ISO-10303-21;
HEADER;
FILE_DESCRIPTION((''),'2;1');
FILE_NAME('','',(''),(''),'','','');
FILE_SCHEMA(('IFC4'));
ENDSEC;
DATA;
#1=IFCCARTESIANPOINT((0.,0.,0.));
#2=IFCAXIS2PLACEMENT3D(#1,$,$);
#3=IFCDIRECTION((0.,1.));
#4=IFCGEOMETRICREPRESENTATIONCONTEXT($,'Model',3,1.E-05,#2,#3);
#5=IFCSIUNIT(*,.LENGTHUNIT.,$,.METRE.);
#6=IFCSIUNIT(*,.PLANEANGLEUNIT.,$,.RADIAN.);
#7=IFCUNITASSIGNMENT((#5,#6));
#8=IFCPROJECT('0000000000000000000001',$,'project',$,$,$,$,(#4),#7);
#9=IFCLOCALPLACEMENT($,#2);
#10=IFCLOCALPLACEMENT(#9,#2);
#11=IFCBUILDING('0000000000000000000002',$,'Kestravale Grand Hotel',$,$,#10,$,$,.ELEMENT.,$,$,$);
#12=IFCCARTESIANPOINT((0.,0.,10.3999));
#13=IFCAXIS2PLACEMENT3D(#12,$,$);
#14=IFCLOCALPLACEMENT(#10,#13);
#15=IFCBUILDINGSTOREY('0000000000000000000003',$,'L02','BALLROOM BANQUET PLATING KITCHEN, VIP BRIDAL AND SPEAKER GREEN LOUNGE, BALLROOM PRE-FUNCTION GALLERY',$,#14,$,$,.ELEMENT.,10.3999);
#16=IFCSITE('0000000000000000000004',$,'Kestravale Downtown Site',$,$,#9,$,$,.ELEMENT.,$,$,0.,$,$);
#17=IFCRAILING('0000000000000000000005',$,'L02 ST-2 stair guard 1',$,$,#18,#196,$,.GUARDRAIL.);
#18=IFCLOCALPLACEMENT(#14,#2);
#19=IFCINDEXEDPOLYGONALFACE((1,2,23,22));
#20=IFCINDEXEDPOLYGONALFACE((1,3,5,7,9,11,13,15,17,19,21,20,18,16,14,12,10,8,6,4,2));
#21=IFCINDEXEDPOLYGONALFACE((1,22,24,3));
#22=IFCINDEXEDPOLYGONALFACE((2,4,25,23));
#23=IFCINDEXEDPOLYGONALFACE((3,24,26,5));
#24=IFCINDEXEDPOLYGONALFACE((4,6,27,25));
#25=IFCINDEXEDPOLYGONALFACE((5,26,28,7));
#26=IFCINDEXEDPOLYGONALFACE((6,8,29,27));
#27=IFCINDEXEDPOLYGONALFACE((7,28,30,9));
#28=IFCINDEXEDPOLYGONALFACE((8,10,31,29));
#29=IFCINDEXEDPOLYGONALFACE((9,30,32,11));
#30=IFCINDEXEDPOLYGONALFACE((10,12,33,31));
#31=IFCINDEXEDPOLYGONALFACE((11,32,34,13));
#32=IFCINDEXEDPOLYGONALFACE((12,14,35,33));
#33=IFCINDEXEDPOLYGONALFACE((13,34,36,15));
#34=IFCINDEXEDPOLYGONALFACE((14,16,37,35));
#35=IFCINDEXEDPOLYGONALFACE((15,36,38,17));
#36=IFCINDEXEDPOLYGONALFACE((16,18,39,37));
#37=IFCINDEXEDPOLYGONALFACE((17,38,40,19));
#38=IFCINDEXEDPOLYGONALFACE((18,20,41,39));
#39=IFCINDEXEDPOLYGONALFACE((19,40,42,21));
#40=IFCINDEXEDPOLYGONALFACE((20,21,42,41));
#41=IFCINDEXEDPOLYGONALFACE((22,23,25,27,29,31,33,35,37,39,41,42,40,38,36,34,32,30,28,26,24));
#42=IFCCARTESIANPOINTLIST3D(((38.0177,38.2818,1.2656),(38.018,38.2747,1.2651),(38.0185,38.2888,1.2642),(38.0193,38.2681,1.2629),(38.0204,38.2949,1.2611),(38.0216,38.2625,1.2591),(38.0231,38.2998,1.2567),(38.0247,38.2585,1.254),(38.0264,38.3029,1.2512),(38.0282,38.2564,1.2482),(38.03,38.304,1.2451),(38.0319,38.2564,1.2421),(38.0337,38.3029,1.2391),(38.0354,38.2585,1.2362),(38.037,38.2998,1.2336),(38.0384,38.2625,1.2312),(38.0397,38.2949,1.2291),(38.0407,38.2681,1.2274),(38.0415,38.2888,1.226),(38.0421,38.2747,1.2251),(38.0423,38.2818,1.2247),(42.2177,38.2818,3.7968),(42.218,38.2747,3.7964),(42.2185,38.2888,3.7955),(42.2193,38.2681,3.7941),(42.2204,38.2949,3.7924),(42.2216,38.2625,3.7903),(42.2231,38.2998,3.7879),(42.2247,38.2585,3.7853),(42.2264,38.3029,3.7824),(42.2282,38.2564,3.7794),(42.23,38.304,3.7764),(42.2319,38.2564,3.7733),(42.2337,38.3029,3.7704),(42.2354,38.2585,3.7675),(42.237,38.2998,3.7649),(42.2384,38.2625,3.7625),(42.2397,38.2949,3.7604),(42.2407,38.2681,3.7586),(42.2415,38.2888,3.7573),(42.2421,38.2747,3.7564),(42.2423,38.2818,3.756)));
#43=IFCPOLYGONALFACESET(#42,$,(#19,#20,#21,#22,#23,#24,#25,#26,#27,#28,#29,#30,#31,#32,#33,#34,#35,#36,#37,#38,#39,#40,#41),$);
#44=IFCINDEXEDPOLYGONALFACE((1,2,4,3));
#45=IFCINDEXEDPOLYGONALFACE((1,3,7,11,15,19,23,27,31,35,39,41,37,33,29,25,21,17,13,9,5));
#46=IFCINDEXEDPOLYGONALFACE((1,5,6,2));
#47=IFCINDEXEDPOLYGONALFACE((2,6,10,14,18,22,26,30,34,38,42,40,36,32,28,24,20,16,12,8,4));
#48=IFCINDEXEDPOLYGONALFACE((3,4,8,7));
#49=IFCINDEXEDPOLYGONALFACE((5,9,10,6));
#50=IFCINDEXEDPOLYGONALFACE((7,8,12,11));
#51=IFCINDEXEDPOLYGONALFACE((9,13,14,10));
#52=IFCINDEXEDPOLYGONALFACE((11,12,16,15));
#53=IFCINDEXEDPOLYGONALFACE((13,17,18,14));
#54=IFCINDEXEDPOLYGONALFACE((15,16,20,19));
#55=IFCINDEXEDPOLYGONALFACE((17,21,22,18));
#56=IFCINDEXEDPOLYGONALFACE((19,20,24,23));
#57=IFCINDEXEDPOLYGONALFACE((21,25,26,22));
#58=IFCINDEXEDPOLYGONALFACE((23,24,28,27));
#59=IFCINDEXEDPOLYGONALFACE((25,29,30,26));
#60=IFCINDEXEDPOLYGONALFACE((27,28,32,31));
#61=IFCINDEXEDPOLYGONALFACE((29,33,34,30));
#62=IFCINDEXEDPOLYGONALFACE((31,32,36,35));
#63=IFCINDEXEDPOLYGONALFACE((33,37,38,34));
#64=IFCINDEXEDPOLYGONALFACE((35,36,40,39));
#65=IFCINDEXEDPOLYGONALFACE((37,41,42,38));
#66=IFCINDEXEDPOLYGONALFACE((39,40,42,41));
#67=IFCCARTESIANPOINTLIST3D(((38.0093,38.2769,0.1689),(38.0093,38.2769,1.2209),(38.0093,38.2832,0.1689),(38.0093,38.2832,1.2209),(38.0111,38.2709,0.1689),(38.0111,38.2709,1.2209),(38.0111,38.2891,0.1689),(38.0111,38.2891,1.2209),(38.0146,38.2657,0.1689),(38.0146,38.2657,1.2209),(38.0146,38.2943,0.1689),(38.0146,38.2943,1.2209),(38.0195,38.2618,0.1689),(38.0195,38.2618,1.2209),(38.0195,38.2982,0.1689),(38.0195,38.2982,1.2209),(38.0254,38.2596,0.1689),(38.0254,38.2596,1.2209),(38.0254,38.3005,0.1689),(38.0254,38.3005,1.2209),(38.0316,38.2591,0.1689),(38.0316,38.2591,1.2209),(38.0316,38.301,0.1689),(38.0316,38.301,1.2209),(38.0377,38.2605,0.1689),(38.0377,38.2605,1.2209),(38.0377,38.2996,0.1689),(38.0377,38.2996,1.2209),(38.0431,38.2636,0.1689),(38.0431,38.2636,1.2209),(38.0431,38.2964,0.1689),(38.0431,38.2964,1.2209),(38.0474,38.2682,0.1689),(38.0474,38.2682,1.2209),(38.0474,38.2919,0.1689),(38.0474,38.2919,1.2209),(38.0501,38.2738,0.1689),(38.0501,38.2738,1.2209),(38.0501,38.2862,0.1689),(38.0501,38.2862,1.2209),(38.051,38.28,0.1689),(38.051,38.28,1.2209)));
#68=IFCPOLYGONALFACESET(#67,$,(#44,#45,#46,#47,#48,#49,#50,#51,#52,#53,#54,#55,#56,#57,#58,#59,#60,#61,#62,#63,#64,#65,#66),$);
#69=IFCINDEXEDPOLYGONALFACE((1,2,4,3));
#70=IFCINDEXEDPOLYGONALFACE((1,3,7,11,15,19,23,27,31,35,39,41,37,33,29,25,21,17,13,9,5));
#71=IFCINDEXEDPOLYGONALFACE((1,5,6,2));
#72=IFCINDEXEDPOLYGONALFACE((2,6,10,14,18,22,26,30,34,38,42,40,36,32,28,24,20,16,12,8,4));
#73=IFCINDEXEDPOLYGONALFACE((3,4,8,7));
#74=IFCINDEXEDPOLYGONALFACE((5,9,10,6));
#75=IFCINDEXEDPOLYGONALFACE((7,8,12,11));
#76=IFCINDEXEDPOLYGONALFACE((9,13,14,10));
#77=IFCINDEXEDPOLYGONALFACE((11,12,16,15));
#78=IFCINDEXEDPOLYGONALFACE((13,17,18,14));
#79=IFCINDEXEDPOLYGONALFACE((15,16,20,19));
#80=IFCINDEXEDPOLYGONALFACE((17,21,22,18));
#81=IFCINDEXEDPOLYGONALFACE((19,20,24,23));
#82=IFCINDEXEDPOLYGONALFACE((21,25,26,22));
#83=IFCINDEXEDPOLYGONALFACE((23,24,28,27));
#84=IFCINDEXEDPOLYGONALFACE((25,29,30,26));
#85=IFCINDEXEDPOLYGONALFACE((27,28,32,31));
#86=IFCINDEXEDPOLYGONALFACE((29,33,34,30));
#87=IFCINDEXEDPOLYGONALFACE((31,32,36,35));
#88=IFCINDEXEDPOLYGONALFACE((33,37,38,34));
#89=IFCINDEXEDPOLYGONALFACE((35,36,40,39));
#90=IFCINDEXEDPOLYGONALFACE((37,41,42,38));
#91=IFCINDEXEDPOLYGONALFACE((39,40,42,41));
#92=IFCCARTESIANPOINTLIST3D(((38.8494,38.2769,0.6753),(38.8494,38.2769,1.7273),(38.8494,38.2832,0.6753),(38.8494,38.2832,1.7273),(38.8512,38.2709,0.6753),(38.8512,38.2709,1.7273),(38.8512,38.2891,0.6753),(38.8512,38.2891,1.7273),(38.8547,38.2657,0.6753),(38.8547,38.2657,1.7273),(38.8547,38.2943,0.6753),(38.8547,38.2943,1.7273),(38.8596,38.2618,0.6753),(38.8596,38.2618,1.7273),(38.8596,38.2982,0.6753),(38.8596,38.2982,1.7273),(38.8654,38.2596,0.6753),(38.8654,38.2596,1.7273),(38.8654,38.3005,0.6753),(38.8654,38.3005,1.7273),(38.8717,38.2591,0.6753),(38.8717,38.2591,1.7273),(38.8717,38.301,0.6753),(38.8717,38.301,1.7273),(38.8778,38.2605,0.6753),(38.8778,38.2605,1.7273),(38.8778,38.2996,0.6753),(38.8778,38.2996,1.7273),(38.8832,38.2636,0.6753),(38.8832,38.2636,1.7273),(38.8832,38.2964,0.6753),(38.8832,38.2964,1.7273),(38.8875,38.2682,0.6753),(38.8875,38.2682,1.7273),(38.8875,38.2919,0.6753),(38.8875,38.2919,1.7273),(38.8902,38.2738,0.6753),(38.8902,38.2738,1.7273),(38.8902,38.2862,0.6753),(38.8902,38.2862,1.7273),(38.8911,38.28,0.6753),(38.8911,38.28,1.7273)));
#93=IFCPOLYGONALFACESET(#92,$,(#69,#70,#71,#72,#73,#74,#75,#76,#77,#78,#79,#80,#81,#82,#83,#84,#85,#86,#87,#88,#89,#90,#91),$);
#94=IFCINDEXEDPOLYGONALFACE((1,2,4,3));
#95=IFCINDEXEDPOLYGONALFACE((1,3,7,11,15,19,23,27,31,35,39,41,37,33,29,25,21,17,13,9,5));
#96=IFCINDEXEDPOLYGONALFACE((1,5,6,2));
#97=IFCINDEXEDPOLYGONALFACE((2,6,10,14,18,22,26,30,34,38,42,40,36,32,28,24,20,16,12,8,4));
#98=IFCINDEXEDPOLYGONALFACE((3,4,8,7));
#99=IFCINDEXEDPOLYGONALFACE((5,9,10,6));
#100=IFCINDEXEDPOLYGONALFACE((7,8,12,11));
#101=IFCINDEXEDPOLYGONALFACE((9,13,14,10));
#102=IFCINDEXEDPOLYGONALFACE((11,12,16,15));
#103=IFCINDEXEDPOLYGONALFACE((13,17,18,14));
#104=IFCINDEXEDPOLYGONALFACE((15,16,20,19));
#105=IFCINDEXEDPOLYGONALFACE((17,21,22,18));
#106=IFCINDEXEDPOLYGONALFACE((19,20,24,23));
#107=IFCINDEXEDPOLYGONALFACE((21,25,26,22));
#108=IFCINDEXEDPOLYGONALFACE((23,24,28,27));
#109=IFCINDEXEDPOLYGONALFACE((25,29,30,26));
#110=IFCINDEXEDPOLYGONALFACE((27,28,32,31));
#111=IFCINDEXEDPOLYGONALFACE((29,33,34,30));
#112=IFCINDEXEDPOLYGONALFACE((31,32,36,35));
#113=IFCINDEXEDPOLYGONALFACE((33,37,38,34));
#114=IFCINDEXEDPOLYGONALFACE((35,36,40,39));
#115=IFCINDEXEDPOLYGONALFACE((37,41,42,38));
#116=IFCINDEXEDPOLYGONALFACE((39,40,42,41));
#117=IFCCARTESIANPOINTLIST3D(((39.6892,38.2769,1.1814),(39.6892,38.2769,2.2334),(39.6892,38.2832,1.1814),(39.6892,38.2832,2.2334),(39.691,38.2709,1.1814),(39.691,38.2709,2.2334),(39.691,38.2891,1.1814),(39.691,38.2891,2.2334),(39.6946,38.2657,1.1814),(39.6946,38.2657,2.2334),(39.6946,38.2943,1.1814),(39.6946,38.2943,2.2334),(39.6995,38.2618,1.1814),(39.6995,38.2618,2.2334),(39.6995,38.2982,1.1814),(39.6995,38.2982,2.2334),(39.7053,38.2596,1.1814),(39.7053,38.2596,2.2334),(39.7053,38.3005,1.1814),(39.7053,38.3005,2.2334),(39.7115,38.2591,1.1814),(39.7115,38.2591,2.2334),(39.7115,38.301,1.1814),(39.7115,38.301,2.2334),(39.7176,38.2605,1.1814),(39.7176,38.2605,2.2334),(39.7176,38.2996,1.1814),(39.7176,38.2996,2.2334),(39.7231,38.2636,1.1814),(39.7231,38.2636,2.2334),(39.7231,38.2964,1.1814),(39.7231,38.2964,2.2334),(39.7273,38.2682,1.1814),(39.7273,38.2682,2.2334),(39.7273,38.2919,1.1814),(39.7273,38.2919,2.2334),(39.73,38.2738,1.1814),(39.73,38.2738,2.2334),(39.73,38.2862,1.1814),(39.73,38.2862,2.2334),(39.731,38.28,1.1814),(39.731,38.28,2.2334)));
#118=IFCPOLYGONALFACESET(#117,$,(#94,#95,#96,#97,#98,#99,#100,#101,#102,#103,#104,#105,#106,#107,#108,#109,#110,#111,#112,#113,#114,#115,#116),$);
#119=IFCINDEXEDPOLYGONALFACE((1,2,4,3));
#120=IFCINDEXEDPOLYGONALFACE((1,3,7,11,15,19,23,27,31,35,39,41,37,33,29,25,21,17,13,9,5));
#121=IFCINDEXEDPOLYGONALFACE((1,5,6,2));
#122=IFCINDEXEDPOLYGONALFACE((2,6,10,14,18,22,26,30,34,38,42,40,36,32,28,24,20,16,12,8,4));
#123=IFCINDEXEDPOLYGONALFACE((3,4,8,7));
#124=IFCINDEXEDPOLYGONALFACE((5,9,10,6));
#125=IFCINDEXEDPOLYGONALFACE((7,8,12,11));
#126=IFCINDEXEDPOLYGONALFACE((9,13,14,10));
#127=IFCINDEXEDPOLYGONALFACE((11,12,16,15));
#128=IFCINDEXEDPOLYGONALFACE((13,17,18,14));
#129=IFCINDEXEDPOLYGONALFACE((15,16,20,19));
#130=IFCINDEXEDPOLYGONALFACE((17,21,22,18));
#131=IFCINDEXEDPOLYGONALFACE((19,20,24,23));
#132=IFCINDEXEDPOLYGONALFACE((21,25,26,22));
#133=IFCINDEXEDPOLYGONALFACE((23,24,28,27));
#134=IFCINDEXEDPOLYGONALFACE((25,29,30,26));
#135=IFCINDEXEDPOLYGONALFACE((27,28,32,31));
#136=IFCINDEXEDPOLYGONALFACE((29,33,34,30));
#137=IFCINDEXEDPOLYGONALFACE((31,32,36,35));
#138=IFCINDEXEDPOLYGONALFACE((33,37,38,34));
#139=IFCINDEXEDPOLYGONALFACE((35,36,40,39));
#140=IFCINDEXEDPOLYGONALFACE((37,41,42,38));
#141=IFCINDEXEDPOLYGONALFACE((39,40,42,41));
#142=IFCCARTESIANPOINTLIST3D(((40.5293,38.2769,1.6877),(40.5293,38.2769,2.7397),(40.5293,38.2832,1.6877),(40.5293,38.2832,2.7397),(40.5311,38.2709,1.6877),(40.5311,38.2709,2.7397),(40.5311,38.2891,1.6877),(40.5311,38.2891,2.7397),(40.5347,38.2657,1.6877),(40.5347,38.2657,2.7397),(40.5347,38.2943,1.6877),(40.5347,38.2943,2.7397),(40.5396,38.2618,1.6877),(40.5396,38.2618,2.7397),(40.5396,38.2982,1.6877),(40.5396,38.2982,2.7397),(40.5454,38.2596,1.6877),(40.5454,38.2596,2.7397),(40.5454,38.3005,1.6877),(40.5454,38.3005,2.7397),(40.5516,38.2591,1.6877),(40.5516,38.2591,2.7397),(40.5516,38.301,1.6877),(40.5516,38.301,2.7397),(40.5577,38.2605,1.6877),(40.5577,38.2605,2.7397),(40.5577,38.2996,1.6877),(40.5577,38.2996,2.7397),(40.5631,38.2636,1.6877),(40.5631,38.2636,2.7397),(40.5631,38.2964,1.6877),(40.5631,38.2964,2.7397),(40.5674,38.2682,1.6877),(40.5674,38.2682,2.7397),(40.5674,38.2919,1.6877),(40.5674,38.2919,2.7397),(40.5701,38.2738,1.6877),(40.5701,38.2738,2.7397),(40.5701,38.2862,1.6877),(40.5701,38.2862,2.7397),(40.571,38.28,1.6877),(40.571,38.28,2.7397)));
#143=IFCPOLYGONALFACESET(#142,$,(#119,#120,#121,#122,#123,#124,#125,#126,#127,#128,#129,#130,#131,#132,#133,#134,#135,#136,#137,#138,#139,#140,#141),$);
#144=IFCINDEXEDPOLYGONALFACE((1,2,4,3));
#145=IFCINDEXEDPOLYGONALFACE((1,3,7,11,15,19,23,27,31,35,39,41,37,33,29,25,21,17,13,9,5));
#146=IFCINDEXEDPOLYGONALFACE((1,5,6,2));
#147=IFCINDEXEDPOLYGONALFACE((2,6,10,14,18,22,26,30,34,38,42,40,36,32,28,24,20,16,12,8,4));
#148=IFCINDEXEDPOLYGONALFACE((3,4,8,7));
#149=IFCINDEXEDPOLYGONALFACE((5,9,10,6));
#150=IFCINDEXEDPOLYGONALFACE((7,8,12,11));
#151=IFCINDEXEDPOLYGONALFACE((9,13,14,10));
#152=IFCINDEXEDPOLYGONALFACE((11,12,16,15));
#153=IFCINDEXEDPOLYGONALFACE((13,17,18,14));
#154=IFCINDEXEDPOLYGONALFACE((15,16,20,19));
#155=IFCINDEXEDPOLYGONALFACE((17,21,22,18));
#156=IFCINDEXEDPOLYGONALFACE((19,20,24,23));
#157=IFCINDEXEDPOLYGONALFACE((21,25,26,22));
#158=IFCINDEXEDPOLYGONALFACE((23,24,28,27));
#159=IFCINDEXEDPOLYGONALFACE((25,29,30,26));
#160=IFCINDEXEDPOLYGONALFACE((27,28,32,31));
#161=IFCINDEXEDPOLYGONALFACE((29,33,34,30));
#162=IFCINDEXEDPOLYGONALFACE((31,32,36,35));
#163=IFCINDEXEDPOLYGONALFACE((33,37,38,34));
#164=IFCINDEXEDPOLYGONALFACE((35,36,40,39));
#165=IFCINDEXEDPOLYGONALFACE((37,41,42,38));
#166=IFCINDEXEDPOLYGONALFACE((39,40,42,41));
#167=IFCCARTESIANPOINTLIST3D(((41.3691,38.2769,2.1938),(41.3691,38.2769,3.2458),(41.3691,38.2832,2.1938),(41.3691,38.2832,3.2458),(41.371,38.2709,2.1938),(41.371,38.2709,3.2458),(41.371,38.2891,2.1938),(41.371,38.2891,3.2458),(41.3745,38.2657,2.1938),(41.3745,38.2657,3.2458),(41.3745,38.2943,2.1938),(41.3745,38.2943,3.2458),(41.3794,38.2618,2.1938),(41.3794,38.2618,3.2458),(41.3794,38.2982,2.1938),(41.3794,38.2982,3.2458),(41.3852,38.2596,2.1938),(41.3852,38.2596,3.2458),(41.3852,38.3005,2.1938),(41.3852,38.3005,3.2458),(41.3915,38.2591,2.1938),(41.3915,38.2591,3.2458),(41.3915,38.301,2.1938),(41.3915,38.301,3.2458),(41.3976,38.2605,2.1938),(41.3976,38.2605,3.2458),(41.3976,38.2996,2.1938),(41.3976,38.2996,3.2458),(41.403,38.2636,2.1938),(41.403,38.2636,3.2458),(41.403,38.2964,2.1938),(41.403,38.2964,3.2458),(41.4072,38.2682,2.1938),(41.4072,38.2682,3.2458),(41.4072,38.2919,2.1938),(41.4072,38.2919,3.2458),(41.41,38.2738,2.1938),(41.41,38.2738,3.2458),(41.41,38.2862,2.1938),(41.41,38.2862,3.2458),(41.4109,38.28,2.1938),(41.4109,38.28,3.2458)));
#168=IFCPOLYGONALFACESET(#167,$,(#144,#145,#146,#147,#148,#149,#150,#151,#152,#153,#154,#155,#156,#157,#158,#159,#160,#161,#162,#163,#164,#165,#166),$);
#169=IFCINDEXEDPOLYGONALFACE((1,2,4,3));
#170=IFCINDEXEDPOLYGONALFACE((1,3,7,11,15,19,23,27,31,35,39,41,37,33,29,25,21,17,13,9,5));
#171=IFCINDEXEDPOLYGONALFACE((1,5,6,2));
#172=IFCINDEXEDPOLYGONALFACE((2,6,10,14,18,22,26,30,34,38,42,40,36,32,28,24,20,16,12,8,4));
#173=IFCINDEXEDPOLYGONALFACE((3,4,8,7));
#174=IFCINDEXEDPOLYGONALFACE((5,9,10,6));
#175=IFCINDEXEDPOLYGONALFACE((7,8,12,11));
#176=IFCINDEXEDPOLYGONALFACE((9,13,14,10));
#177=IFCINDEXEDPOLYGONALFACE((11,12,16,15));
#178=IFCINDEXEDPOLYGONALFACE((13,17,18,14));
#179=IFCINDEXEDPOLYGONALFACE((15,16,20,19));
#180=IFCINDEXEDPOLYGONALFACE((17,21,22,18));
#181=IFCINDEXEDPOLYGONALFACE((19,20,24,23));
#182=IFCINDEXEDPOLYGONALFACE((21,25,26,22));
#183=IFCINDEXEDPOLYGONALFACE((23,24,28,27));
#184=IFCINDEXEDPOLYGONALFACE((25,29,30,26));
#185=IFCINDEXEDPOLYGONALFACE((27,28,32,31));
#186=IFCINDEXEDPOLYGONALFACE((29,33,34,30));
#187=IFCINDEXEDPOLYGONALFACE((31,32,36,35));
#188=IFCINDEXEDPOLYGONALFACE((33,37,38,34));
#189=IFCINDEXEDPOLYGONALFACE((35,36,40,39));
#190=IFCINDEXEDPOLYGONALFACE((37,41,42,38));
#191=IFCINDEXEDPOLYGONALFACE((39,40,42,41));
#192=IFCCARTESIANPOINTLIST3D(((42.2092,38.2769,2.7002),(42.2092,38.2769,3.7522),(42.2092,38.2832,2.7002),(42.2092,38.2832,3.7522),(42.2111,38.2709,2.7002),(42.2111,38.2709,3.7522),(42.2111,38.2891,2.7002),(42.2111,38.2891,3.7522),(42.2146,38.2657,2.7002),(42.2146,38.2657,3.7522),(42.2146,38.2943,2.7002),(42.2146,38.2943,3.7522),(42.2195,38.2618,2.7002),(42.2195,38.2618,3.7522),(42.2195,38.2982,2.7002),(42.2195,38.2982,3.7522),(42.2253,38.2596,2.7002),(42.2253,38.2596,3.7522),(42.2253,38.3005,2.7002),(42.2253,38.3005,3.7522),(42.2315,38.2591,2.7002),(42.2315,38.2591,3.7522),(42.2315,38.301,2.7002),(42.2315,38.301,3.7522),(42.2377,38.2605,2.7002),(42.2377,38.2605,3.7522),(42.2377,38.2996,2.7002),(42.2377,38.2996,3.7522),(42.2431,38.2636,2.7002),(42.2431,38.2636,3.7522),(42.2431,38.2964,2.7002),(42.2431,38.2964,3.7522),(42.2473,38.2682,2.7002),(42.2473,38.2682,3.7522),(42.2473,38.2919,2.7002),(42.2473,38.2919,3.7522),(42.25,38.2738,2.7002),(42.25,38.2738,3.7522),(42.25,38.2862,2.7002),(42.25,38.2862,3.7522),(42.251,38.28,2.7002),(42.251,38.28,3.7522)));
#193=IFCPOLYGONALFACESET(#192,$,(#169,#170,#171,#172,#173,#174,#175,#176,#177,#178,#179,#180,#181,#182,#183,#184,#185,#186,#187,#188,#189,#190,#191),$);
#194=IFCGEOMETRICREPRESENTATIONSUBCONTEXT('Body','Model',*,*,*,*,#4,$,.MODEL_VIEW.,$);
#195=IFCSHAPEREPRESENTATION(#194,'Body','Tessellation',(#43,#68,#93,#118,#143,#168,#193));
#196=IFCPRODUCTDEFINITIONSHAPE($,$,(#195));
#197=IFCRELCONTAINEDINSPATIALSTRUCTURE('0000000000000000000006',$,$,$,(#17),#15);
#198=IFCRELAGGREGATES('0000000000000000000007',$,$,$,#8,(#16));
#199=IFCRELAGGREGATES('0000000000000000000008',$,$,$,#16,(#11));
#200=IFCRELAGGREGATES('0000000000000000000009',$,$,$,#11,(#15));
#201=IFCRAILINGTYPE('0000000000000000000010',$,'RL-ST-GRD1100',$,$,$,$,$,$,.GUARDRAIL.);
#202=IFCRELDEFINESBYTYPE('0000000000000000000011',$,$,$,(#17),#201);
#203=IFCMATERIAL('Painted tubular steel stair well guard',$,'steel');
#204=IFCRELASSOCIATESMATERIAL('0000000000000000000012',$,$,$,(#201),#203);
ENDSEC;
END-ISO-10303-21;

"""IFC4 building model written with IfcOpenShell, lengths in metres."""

from ifc_helpers import new_model, si_unit, direction, frame, origin, origin_2d, place, context, subcontext, project, spatial, circle, extrude, material, type_object, element, save


model = new_model("IFC4")

# Units and contexts
model_context = context("Model", 3, precision=1e-05, world=origin(), true_north=direction((0.0, 1.0)))
body_context = subcontext(model_context, "Body", "Model", "MODEL_VIEW")
ifc_project = project(units=[si_unit("LENGTHUNIT", "METRE"), si_unit("PLANEANGLEUNIT", "RADIAN")], contexts=[model_context])

# Site, building, storey
site_placement = place(None, origin())
site = spatial("IfcSite", under=ifc_project, at=site_placement, Name="Kestravale Downtown Site", CompositionType="ELEMENT", RefElevation=0.0)
building_placement = place(site_placement, origin())
building = spatial("IfcBuilding", under=site, at=building_placement, Name="Kestravale Grand Hotel", CompositionType="ELEMENT")
storey_placement = place(building_placement, frame((0.0, 0.0, 10.3999)))
storey = spatial("IfcBuildingStorey", under=building, at=storey_placement, Name="L02", Description="BALLROOM BANQUET PLATING KITCHEN, VIP BRIDAL AND SPEAKER GREEN LOUNGE, BALLROOM PRE-FUNCTION GALLERY", CompositionType="ELEMENT", Elevation=10.3999)

# Railing
ifc_material_1 = material(Name="Painted tubular steel stair well guard", Category="steel")
railing_type_1 = type_object("IfcRailingType", Name="RL-ST-GRD1100", PredefinedType="GUARDRAIL", material=ifc_material_1)
railing_1_placement = place(storey_placement, frame((38.03, 38.28, 0.1689)))
element("IfcRailing", 1, at=railing_1_placement, inside=storey, type_object=railing_type_1, Name="L02 ST-2 stair guard 1", PredefinedType="GUARDRAIL", context=body_context, shape_type="SweptSolid", body=[
    extrude(circle(Radius=0.0239, at=origin_2d()), frame((0.0, 0.0, 1.0762), z_axis=(0.856476, 0.0, 0.516186), x_axis=(0.0, 1.0, 0.0)), (0.0, 0.0, 1.0), 4.9038),
    extrude(circle(Radius=0.021, at=origin_2d()), origin(), (0.0, 0.0, 1.0), 1.052),
    extrude(circle(Radius=0.021, at=origin_2d()), frame((0.8401, 0.0, 0.5063)), (0.0, 0.0, 1.0), 1.052),
    extrude(circle(Radius=0.021, at=origin_2d()), frame((1.6799, 0.0, 1.0125)), (0.0, 0.0, 1.0), 1.052),
    extrude(circle(Radius=0.021, at=origin_2d()), frame((2.52, 0.0, 1.5188)), (0.0, 0.0, 1.0), 1.052),
    extrude(circle(Radius=0.021, at=origin_2d()), frame((3.3599, 0.0, 2.0249)), (0.0, 0.0, 1.0), 1.052),
    extrude(circle(Radius=0.021, at=origin_2d()), frame((4.2, 0.0, 2.5312)), (0.0, 0.0, 1.0), 1.052),
])

save(model, "model.ifc")
